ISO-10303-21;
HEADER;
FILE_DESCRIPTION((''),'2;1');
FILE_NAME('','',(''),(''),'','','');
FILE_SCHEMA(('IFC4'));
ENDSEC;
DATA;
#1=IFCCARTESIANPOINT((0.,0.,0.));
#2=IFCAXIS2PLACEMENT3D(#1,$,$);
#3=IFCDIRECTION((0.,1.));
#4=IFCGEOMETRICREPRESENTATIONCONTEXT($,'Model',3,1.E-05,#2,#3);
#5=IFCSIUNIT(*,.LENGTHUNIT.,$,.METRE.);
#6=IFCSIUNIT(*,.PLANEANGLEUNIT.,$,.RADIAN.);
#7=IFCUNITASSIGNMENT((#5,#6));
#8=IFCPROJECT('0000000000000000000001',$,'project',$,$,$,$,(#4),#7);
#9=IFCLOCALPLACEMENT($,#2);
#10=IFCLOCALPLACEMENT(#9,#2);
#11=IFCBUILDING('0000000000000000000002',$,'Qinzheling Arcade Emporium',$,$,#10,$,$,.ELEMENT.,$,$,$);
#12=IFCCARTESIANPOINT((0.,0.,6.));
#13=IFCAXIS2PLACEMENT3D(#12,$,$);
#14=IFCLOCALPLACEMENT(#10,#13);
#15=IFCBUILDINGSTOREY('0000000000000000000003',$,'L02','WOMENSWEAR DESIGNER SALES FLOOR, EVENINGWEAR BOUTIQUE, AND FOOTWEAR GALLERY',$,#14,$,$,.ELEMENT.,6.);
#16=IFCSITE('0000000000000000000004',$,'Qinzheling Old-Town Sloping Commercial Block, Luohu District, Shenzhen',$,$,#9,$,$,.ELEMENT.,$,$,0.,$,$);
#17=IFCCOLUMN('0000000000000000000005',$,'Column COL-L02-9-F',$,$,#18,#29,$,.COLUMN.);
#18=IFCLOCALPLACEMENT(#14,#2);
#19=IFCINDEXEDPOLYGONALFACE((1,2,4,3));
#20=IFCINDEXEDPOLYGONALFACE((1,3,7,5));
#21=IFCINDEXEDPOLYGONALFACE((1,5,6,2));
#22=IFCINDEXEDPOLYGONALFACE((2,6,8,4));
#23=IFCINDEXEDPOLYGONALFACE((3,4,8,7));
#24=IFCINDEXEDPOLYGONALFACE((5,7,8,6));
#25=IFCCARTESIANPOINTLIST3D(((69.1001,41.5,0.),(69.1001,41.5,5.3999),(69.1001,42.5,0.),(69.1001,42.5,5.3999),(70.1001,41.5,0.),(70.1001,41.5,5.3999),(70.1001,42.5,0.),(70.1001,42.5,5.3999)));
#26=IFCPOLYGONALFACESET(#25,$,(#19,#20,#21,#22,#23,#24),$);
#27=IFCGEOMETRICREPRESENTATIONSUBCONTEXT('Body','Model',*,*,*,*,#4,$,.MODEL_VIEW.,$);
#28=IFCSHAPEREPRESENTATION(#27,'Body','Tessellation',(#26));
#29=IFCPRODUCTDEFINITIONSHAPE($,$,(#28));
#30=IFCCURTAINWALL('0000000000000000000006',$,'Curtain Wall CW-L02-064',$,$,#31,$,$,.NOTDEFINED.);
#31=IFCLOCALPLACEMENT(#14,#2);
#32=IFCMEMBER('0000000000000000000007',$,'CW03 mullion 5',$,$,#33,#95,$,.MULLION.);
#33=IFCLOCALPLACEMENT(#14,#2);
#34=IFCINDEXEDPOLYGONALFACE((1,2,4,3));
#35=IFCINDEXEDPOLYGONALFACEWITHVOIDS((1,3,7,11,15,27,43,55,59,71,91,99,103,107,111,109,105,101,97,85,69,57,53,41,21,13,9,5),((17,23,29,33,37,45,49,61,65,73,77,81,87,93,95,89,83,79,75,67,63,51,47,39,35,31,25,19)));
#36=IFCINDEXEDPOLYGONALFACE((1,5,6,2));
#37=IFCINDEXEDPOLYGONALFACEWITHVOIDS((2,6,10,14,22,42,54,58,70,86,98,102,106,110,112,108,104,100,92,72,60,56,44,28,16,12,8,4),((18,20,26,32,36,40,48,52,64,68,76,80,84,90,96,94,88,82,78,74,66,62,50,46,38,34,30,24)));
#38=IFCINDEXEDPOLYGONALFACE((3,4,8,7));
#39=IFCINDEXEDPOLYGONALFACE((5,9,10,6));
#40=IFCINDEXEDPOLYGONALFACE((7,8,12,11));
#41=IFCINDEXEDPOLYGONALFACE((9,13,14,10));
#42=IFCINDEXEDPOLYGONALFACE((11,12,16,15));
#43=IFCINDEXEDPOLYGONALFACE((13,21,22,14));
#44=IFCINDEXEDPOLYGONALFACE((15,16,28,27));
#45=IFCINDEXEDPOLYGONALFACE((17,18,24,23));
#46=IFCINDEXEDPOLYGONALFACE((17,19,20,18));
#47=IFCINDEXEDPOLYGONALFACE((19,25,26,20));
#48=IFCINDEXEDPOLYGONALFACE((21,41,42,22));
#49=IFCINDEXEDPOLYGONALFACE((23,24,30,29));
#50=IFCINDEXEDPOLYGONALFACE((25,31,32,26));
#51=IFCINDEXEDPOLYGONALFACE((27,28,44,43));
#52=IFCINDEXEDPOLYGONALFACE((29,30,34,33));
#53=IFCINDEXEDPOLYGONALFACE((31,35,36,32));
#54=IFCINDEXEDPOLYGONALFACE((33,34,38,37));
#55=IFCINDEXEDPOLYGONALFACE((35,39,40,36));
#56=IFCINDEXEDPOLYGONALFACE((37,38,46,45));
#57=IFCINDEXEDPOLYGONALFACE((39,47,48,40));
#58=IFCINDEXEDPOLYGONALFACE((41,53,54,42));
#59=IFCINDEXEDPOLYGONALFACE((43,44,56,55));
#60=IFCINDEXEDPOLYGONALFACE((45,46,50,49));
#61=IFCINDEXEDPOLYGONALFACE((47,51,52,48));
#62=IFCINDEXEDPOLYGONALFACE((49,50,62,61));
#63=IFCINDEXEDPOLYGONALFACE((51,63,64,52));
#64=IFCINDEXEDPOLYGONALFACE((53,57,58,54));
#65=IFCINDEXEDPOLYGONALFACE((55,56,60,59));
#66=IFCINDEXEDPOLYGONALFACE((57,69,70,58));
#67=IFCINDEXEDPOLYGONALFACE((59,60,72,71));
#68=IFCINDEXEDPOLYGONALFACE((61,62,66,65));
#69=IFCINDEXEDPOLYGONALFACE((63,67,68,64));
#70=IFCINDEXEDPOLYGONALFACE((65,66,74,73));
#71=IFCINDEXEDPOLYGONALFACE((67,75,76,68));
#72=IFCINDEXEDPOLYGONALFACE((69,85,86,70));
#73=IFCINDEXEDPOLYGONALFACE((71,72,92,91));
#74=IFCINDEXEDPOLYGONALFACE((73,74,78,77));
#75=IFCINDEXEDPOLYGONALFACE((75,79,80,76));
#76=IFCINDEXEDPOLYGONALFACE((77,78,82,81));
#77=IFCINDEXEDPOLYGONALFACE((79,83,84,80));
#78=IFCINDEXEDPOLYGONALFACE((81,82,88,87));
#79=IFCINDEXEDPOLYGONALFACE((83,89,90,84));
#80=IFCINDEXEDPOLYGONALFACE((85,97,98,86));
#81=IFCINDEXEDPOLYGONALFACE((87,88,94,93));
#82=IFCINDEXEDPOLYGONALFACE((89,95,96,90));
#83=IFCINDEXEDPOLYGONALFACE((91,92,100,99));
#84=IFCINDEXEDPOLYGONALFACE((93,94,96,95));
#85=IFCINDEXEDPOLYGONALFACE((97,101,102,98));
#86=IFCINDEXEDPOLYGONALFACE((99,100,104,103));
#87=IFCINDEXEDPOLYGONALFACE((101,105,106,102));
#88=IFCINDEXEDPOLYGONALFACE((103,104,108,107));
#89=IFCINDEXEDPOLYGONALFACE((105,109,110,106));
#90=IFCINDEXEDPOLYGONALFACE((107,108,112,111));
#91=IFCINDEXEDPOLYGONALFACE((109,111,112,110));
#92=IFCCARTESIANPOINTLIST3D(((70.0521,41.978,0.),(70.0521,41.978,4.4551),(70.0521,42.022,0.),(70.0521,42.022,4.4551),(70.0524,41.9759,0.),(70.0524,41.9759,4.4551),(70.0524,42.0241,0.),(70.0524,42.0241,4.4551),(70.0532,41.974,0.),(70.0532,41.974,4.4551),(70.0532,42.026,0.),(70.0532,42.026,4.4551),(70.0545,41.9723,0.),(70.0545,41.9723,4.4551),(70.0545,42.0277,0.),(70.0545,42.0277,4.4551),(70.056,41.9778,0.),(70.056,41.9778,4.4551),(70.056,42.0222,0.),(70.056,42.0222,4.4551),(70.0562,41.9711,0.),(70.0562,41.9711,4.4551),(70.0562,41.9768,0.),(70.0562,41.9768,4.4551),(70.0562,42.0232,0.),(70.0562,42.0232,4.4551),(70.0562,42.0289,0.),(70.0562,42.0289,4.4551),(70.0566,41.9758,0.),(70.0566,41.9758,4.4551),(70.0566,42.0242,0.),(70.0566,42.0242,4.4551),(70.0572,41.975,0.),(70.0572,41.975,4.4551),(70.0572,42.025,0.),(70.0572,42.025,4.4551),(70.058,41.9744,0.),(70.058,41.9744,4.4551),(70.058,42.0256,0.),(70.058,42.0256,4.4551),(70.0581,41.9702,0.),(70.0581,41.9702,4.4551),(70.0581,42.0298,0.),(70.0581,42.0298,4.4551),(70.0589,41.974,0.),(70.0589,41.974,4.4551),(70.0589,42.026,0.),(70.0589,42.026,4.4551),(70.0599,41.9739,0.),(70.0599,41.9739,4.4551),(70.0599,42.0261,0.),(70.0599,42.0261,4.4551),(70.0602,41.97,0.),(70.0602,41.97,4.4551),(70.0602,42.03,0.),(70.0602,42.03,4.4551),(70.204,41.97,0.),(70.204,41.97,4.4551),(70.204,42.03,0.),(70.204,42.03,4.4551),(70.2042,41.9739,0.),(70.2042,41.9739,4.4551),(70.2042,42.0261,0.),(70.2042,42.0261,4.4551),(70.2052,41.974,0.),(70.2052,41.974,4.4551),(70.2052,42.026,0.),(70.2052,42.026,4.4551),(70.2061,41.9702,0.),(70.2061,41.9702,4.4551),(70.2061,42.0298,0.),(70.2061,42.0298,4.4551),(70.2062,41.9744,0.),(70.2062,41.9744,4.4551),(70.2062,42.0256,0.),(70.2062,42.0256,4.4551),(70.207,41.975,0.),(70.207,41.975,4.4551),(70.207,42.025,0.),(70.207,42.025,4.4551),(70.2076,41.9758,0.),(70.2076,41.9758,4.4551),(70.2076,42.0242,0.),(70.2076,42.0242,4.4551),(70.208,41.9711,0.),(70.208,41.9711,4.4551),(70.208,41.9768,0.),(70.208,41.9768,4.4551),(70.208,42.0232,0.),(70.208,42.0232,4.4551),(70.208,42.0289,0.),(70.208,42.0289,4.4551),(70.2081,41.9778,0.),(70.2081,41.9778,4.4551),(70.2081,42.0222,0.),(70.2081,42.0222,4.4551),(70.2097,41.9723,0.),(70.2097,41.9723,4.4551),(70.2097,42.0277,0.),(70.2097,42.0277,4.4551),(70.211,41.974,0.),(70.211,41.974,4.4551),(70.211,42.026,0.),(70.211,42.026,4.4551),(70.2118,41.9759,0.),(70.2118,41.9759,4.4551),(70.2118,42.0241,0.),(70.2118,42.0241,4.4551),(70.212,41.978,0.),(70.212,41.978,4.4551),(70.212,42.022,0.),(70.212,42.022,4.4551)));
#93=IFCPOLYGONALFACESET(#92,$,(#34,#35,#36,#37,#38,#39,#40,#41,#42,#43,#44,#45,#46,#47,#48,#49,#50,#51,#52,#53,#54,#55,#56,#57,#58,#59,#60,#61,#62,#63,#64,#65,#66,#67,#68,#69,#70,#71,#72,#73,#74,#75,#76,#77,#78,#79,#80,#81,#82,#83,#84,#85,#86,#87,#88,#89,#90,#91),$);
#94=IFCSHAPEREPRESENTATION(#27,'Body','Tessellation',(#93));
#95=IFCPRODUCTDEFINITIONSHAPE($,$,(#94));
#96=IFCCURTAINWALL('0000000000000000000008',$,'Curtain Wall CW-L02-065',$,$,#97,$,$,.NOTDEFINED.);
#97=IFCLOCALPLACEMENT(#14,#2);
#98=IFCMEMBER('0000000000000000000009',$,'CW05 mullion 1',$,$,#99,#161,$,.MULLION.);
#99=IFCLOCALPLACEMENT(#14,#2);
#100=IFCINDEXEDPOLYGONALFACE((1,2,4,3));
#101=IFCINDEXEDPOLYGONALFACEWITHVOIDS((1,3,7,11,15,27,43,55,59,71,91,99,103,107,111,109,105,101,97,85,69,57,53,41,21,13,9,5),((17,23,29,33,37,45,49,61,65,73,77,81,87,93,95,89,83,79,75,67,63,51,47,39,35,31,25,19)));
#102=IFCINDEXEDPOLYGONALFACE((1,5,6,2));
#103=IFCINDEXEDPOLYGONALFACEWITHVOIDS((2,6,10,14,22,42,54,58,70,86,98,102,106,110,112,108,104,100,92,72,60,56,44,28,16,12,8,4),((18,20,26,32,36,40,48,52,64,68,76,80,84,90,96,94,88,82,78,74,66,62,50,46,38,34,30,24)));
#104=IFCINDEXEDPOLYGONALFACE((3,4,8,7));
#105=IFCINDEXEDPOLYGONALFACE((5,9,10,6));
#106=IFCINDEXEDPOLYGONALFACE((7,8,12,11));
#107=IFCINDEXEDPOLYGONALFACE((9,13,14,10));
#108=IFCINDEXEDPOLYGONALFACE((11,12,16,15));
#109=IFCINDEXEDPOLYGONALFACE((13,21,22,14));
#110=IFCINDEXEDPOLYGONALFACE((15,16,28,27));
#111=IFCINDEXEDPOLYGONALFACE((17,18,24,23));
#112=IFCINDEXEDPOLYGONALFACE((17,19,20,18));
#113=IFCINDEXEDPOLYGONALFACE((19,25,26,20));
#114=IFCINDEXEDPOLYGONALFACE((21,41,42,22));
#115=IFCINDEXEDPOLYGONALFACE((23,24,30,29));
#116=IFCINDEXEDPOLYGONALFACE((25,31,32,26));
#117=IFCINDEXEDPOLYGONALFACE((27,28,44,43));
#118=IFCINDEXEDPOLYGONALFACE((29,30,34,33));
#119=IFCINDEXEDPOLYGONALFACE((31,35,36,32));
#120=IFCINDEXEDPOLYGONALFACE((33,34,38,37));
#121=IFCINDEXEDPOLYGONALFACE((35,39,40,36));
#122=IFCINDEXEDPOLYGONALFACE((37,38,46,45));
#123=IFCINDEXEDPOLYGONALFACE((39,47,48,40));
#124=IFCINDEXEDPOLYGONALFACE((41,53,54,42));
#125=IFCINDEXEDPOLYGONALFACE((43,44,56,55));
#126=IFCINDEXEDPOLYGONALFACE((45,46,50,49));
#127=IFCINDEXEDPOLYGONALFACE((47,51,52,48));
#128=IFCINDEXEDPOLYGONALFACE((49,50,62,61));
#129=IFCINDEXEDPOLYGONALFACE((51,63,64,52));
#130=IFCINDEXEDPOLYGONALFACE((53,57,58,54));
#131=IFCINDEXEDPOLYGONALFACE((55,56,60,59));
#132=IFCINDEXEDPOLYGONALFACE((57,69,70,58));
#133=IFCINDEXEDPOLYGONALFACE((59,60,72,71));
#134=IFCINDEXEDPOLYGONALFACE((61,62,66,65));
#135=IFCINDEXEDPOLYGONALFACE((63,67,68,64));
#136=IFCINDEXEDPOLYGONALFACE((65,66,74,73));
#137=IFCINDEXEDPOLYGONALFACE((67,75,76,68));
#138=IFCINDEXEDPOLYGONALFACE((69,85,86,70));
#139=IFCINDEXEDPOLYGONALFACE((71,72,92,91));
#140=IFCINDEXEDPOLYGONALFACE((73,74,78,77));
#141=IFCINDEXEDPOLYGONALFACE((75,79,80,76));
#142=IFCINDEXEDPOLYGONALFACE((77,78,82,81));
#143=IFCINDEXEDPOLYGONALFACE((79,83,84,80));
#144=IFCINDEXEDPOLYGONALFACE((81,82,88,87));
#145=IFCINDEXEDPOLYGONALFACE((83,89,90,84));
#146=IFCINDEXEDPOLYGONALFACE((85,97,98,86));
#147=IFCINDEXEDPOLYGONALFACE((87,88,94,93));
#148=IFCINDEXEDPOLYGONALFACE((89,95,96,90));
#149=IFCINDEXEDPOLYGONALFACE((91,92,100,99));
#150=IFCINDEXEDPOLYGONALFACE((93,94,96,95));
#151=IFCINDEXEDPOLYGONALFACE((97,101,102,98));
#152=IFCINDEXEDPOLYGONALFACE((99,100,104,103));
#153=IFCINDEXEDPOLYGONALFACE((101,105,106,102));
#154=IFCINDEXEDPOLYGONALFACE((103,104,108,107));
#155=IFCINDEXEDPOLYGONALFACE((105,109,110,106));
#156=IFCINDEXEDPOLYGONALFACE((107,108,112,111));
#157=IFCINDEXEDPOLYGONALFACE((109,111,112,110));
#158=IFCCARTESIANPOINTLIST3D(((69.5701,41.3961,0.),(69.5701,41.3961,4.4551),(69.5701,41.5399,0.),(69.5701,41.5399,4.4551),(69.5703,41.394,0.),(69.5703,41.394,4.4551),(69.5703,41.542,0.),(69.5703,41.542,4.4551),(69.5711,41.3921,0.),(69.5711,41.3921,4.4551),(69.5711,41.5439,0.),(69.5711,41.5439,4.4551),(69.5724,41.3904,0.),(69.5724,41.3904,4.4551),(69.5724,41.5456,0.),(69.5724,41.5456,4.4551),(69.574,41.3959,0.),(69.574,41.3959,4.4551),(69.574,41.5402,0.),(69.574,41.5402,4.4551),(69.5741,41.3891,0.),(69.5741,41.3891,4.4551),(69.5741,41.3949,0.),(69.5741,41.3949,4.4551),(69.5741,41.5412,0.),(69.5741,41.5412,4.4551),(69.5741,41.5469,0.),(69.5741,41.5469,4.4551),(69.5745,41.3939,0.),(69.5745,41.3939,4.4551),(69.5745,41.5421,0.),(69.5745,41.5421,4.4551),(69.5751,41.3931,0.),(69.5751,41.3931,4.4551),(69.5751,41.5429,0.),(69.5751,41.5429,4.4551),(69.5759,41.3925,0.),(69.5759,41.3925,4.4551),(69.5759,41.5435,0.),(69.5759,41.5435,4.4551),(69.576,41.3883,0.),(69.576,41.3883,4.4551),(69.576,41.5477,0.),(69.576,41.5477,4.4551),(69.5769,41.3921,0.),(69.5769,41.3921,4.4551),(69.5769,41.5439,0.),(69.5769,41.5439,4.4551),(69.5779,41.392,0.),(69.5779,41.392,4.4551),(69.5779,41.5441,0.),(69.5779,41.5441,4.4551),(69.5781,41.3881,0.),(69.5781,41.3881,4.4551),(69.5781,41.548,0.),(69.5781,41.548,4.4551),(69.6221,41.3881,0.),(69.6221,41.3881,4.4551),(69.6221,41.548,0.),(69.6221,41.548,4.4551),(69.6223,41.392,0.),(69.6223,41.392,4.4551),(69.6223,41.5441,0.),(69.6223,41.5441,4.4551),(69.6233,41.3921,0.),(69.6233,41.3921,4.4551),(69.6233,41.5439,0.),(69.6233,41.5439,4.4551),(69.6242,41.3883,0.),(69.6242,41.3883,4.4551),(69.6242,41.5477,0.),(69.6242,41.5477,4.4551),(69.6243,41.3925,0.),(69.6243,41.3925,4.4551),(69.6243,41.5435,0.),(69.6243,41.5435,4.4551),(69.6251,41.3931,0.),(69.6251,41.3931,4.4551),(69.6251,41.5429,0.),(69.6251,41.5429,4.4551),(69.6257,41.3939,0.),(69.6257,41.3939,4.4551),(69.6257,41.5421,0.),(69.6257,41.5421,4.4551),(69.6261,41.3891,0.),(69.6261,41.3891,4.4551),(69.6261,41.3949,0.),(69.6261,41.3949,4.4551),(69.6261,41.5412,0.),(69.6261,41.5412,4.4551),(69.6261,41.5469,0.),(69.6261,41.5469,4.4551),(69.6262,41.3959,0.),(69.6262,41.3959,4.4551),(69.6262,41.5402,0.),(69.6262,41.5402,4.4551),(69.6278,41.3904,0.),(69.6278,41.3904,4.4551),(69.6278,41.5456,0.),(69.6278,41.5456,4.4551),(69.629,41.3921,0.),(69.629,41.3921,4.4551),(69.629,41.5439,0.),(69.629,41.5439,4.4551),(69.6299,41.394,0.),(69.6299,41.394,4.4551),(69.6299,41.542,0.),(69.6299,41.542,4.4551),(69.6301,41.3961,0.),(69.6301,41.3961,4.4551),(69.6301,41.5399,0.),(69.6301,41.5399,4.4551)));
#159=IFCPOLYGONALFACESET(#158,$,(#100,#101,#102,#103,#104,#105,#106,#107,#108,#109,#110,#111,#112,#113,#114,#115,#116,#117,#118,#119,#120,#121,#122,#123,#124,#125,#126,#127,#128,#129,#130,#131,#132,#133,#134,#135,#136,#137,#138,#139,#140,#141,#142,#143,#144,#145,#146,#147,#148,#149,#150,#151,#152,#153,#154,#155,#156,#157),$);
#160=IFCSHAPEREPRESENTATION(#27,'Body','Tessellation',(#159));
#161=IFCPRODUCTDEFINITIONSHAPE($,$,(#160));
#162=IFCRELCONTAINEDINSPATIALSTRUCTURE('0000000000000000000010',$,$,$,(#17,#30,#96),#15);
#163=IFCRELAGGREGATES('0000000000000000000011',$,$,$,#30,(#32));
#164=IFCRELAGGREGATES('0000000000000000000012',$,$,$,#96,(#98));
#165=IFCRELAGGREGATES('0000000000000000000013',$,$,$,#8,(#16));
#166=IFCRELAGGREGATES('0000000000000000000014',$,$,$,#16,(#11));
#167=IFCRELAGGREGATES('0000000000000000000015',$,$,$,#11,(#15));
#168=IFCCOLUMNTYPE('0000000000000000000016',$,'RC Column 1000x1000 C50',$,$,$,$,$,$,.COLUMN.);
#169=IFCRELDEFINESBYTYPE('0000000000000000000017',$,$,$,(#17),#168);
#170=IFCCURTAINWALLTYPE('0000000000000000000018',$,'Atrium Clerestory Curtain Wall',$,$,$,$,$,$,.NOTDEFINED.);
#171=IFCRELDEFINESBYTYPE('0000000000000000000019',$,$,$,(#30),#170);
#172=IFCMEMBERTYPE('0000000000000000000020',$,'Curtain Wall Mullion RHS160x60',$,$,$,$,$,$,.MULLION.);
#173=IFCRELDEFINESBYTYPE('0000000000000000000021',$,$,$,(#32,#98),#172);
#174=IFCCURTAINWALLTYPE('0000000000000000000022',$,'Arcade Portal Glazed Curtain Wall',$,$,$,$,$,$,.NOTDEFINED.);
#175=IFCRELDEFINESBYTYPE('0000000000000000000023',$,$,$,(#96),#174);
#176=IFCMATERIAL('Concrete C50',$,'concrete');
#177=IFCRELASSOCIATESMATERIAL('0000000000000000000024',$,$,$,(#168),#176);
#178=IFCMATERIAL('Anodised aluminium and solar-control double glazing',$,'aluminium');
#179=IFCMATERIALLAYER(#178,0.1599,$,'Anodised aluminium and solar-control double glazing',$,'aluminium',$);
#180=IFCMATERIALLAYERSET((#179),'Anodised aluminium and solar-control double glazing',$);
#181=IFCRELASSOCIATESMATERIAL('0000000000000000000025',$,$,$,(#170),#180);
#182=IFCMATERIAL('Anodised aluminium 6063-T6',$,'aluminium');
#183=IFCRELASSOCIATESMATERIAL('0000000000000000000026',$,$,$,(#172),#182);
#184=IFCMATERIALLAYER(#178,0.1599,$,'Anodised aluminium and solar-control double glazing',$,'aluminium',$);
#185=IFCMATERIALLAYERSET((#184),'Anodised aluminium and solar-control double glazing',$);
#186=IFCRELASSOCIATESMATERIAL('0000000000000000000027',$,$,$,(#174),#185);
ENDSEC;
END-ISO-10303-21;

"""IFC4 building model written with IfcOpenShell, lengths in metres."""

from ifc_helpers import new_model, si_unit, direction, frame, origin, origin_2d, place, context, subcontext, project, spatial, rectangle, hollow_rectangle, extrude, material, layer, layer_set, material_profile, profile_set, type_object, element, aggregate, save


model = new_model("IFC4")

# Units and contexts
model_context = context("Model", 3, precision=1e-05, world=origin(), true_north=direction((0.0, 1.0)))
body_context = subcontext(model_context, "Body", "Model", "MODEL_VIEW")
ifc_project = project(units=[si_unit("LENGTHUNIT", "METRE"), si_unit("PLANEANGLEUNIT", "RADIAN")], contexts=[model_context])

# Site, building, storey
site_placement = place(None, origin())
site = spatial("IfcSite", under=ifc_project, at=site_placement, Name="Qinzheling Old-Town Sloping Commercial Block, Luohu District, Shenzhen", CompositionType="ELEMENT", RefElevation=0.0)
building_placement = place(site_placement, origin())
building = spatial("IfcBuilding", under=site, at=building_placement, Name="Qinzheling Arcade Emporium", CompositionType="ELEMENT")
storey_placement = place(building_placement, frame((0.0, 0.0, 6.0)))
storey = spatial("IfcBuildingStorey", under=building, at=storey_placement, Name="L02", Description="WOMENSWEAR DESIGNER SALES FLOOR, EVENINGWEAR BOUTIQUE, AND FOOTWEAR GALLERY", CompositionType="ELEMENT", Elevation=6.0)

# Column
ifc_material_1 = material(Name="Concrete C50", Category="concrete")
ifc_material_profile_1 = material_profile(ifc_material_1, rectangle(XDim=1.0, YDim=1.0, at=origin_2d()), Name="RC 1000x1000", Category="concrete")
ifc_profile_set_1 = profile_set([ifc_material_profile_1], Name="Concrete C50")
column_type = type_object("IfcColumnType", Name="RC Column 1000x1000 C50", PredefinedType="COLUMN", material=ifc_profile_set_1)
column_placement = place(storey_placement, frame((69.6001, 42.0, 0.0), z_axis=(0.0, 0.0, 1.0), x_axis=(1.0, 0.0, 0.0)))
element("IfcColumn", 1, at=column_placement, inside=storey, type_object=column_type, Name="Column COL-L02-9-F", PredefinedType="COLUMN", context=body_context, shape_type="SweptSolid", body=[
    extrude(rectangle(XDim=1.0, YDim=1.0, at=origin_2d()), origin(), (0.0, 0.0, 1.0), 5.3999),
])

# Curtain wall, member
ifc_material_2 = material(Name="Anodised aluminium and solar-control double glazing", Category="aluminium")
ifc_layer_1 = layer(ifc_material_2, 0.1599, Name="Anodised aluminium and solar-control double glazing", Category="aluminium")
ifc_layer_set_1 = layer_set([ifc_layer_1], Name="Anodised aluminium and solar-control double glazing")
curtain_wall_type_1 = type_object("IfcCurtainWallType", Name="Atrium Clerestory Curtain Wall", PredefinedType="NOTDEFINED", material=ifc_layer_set_1)
curtain_wall_1_placement = place(storey_placement, origin())
curtain_wall_1 = element("IfcCurtainWall", 2, at=curtain_wall_1_placement, inside=storey, type_object=curtain_wall_type_1, Name="Curtain Wall CW-L02-064", PredefinedType="NOTDEFINED")
ifc_material_3 = material(Name="Anodised aluminium 6063-T6", Category="aluminium")
ifc_material_profile_2 = material_profile(ifc_material_3, hollow_rectangle(XDim=0.0601, YDim=0.1599, WallThickness=0.0039, InnerFilletRadius=0.0039, OuterFilletRadius=0.0081, at=origin_2d()), Name="RHS 160x60x4", Category="aluminium")
ifc_profile_set_2 = profile_set([ifc_material_profile_2], Name="Anodised aluminium 6063-T6")
member_type_1 = type_object("IfcMemberType", Name="Curtain Wall Mullion RHS160x60", PredefinedType="MULLION", material=ifc_profile_set_2)
member_1_placement = place(storey_placement, frame((70.1321, 42.0, 0.0), z_axis=(0.0, 0.0, 1.0), x_axis=(0.0, -1.0, 0.0)))
member_1 = element("IfcMember", 3, at=member_1_placement, type_object=member_type_1, Name="CW03 mullion 5", PredefinedType="MULLION", context=body_context, shape_type="SweptSolid", body=[
    extrude(hollow_rectangle(XDim=0.0601, YDim=0.1599, WallThickness=0.0039, InnerFilletRadius=0.0039, OuterFilletRadius=0.0081, at=origin_2d()), origin(), (0.0, 0.0, 1.0), 4.4551),
])

# Curtain wall, member
ifc_layer_2 = layer(ifc_material_2, 0.1599, Name="Anodised aluminium and solar-control double glazing", Category="aluminium")
ifc_layer_set_2 = layer_set([ifc_layer_2], Name="Anodised aluminium and solar-control double glazing")
curtain_wall_type_2 = type_object("IfcCurtainWallType", Name="Arcade Portal Glazed Curtain Wall", PredefinedType="NOTDEFINED", material=ifc_layer_set_2)
curtain_wall_2_placement = place(storey_placement, origin())
curtain_wall_2 = element("IfcCurtainWall", 4, at=curtain_wall_2_placement, inside=storey, type_object=curtain_wall_type_2, Name="Curtain Wall CW-L02-065", PredefinedType="NOTDEFINED")
member_2_placement = place(storey_placement, frame((69.6001, 41.468, 0.0), z_axis=(0.0, 0.0, 1.0), x_axis=(1.0, 0.0, 0.0)))
member_2 = element("IfcMember", 5, at=member_2_placement, type_object=member_type_1, Name="CW05 mullion 1", PredefinedType="MULLION", context=body_context, shape_type="SweptSolid", body=[
    extrude(hollow_rectangle(XDim=0.0601, YDim=0.1599, WallThickness=0.0039, InnerFilletRadius=0.0039, OuterFilletRadius=0.0081, at=origin_2d()), origin(), (0.0, 0.0, 1.0), 4.4551),
])

aggregate(curtain_wall_1, [member_1])
aggregate(curtain_wall_2, [member_2])

save(model, "model.ifc")
